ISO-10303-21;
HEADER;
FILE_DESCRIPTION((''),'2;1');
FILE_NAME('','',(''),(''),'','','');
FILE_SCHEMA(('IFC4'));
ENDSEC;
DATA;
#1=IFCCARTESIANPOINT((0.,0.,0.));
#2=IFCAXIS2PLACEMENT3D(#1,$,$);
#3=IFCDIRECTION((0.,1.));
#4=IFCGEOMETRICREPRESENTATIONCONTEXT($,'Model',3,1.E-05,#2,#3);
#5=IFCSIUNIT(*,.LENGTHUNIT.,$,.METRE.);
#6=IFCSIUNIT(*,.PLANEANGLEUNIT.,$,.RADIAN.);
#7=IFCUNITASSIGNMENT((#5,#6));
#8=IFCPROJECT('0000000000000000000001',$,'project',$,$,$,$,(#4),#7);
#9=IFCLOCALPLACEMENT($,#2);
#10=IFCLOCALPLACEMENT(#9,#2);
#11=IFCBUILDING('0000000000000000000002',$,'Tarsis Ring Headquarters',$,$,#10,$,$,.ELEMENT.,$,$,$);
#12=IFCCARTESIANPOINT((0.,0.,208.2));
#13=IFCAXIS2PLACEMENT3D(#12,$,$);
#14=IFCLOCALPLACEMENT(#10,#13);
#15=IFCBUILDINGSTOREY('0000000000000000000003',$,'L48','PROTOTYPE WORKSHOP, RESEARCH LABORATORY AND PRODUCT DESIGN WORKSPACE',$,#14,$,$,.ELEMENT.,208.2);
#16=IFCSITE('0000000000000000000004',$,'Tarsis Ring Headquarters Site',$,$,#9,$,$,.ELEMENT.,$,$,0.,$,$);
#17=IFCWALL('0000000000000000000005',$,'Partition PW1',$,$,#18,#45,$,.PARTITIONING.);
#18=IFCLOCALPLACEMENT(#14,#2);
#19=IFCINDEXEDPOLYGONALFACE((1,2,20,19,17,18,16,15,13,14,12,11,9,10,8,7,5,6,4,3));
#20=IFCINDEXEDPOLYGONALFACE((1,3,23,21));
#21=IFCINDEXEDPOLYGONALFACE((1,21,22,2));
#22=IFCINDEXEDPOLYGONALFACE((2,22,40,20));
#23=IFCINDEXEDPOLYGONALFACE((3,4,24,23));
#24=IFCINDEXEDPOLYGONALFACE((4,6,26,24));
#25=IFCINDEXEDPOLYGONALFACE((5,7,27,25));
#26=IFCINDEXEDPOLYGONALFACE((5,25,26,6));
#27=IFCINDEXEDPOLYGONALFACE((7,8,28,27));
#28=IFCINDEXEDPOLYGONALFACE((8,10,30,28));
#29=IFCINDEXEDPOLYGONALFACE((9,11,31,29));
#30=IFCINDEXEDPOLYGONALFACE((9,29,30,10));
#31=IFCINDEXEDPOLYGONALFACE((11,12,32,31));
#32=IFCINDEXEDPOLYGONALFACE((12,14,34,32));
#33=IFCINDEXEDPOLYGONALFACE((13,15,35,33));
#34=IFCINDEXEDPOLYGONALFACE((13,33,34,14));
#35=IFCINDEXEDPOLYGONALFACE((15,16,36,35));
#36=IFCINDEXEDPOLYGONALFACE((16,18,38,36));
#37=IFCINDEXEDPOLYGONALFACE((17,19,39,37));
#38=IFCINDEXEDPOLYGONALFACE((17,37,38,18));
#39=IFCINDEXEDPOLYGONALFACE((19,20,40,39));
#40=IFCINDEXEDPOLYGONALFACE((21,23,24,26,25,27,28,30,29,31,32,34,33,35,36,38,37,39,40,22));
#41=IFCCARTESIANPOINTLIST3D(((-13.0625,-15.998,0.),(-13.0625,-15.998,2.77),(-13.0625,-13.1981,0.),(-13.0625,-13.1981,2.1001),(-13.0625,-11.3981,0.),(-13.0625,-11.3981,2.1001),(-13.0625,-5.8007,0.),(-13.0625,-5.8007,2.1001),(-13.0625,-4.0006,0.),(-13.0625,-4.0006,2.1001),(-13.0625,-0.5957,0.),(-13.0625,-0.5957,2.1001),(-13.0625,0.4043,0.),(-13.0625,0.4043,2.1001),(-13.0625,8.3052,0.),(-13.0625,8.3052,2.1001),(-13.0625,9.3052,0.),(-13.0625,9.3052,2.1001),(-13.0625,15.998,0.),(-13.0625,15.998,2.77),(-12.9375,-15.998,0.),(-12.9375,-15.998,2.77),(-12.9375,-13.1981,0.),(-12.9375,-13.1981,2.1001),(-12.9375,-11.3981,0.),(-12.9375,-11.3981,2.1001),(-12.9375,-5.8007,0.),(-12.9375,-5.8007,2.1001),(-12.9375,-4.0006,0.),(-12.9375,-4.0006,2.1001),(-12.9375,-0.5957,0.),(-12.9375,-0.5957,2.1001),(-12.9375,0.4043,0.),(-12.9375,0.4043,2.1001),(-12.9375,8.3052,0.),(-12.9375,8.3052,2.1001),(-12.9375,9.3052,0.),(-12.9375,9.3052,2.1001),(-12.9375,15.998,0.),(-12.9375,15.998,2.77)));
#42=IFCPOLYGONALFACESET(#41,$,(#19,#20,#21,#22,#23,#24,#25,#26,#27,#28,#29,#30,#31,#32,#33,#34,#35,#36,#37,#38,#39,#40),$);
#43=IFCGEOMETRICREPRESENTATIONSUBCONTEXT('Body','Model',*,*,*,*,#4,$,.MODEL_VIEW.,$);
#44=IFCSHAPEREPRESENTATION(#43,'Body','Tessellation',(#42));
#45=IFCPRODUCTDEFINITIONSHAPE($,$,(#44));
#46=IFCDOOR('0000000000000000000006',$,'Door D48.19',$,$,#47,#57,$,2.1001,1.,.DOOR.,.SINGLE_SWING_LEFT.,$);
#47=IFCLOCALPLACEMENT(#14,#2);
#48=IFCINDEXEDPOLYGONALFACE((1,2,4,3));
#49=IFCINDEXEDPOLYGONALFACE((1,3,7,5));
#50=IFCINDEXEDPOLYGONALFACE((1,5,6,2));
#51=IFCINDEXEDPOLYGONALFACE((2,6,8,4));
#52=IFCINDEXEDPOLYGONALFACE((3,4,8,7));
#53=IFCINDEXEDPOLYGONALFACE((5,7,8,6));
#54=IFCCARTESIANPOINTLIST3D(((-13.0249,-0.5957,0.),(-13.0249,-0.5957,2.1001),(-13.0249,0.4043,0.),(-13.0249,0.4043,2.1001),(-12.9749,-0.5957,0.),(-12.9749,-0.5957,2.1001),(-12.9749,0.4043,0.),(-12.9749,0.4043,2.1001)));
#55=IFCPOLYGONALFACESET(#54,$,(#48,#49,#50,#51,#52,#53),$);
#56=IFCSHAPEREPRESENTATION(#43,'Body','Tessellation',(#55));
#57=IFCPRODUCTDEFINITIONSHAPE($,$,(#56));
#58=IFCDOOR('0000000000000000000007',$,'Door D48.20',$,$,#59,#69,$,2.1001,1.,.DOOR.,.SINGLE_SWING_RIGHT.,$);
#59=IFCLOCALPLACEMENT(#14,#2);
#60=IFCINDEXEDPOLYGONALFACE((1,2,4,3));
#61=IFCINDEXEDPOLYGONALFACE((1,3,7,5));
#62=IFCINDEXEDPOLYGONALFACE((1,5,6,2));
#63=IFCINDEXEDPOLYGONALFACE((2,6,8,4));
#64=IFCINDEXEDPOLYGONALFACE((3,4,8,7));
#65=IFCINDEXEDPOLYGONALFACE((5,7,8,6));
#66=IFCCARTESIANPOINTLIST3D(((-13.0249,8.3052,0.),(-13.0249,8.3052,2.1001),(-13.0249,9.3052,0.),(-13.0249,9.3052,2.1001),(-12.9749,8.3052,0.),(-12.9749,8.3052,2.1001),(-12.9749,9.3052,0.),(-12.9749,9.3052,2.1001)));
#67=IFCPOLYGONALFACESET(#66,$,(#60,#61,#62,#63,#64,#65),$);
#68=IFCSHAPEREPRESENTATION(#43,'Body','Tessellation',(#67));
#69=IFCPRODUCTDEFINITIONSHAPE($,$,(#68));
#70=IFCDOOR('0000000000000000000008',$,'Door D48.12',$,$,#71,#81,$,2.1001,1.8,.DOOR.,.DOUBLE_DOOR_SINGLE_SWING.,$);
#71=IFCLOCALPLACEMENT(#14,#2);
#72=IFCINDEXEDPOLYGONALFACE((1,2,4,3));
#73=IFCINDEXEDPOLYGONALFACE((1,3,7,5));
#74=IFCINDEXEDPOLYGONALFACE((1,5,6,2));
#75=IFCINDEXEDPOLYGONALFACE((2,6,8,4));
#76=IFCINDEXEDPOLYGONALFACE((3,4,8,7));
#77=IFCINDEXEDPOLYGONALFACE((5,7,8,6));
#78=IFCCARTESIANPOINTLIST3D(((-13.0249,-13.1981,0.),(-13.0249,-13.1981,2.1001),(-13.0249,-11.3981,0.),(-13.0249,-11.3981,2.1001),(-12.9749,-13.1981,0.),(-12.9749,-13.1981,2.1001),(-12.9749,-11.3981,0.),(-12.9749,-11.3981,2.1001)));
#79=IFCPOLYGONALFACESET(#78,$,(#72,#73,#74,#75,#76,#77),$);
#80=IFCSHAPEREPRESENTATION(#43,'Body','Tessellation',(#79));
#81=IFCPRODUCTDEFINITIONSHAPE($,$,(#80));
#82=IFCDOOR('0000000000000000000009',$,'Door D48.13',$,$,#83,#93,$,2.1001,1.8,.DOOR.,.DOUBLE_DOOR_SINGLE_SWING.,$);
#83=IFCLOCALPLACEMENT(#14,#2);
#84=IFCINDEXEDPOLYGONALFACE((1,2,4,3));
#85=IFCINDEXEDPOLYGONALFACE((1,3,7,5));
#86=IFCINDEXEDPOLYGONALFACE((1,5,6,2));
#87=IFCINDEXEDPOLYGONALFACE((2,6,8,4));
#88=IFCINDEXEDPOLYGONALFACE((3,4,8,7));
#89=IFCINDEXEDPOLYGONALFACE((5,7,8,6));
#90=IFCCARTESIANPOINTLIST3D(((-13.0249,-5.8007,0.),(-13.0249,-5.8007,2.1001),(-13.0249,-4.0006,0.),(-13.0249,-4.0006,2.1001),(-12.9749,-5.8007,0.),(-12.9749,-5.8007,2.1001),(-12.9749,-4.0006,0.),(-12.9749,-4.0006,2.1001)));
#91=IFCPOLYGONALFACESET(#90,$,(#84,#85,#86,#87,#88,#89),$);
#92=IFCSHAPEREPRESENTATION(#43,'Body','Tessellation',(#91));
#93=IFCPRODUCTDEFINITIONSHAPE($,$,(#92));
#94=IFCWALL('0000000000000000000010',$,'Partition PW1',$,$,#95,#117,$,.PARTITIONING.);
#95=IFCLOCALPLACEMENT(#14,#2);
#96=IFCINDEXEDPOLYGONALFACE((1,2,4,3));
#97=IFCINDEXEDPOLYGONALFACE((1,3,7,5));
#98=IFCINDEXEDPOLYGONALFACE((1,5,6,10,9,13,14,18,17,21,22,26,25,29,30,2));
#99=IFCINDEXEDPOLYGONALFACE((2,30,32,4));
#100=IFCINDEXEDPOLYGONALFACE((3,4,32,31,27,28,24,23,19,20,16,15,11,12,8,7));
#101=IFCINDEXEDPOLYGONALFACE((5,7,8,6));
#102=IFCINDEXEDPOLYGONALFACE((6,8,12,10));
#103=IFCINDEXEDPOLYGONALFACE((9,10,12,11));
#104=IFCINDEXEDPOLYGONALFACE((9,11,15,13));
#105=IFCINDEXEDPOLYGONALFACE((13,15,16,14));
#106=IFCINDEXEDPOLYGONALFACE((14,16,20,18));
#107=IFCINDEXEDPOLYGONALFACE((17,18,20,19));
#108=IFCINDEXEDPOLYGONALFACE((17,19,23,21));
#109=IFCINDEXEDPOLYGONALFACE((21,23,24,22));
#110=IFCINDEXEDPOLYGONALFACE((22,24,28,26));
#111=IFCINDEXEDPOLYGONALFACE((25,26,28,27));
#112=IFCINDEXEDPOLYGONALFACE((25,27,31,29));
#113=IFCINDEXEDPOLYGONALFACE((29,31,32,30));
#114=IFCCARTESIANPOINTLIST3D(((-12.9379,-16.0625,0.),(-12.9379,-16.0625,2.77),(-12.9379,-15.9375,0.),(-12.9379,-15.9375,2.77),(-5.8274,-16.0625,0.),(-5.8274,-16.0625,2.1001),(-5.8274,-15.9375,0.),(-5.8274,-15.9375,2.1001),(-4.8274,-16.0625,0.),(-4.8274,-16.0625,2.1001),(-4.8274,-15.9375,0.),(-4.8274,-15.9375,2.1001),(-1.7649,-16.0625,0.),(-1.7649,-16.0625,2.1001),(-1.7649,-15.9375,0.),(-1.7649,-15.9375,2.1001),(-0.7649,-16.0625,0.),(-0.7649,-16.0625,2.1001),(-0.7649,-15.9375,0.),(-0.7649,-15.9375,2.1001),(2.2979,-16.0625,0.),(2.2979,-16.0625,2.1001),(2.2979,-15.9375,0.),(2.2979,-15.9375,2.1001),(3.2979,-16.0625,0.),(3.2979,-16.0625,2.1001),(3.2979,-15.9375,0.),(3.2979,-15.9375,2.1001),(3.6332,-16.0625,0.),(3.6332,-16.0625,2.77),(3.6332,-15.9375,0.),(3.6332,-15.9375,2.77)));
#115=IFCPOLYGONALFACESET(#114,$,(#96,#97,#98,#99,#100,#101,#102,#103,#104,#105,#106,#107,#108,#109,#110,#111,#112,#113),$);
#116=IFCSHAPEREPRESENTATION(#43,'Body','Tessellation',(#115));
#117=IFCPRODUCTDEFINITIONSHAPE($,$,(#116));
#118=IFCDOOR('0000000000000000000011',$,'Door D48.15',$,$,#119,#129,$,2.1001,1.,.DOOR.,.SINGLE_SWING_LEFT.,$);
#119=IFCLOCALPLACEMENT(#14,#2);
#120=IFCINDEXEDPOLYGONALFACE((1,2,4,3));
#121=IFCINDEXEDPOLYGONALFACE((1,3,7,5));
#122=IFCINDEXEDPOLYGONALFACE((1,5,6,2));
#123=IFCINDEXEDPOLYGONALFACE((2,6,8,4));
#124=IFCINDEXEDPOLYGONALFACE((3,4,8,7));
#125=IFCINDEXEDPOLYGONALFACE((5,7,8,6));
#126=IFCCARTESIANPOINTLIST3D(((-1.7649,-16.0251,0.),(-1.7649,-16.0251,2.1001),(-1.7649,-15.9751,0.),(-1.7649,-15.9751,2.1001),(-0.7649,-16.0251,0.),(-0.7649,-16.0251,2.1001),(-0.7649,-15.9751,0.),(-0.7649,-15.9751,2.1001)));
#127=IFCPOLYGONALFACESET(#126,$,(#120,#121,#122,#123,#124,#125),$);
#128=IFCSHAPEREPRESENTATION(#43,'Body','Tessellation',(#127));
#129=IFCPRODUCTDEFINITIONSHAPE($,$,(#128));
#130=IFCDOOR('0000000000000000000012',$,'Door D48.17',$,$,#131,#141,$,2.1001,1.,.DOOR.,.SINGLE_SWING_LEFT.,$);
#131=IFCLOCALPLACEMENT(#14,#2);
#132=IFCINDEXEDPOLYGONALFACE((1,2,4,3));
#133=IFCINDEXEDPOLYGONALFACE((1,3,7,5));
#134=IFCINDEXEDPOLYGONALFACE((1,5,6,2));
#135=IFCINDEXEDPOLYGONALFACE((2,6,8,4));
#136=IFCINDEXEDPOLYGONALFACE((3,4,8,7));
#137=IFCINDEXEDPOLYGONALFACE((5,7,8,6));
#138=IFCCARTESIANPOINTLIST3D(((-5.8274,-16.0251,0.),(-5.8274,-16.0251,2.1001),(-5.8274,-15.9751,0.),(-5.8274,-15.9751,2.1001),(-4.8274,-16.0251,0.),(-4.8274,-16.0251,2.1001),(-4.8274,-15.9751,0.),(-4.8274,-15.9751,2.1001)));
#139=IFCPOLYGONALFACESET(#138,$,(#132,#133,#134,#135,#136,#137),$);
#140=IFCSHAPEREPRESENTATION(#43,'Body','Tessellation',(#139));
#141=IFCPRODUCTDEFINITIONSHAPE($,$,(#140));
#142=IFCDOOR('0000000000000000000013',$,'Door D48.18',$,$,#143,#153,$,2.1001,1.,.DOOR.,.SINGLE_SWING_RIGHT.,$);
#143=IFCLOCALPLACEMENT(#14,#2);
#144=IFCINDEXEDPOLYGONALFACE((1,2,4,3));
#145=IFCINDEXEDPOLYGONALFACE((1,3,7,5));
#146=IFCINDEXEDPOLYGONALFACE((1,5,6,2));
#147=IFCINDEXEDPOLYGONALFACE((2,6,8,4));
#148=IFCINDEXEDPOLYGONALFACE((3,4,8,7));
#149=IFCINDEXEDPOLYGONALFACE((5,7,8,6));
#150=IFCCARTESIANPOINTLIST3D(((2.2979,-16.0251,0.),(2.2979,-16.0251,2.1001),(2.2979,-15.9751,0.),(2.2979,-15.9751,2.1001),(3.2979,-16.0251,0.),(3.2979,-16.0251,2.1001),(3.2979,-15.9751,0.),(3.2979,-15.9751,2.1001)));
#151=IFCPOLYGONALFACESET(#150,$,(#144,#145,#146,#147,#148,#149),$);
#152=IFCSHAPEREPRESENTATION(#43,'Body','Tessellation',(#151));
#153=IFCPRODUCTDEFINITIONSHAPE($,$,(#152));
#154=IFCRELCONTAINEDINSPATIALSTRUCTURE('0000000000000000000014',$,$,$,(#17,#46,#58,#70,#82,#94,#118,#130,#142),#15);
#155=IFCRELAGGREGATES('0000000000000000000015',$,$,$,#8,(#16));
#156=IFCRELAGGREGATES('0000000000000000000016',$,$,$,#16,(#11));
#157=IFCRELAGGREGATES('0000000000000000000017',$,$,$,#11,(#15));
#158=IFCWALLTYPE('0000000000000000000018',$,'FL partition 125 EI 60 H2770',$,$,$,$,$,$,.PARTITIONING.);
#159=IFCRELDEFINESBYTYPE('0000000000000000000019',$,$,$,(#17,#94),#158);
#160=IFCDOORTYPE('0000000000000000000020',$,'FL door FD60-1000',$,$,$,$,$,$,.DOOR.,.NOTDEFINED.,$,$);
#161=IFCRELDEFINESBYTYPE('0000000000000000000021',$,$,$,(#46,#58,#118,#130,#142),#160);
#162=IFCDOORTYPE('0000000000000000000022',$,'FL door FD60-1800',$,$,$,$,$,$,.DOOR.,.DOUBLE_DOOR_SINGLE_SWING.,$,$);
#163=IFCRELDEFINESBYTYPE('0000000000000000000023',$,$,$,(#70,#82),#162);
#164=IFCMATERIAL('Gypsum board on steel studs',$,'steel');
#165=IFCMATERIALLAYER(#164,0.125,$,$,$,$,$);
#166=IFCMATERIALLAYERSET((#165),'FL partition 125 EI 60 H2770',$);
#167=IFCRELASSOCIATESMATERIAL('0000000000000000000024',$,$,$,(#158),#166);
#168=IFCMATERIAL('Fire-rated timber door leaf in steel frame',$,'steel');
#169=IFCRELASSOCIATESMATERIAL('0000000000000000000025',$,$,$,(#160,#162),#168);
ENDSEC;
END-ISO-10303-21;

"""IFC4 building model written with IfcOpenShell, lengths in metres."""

from ifc_helpers import new_model, si_unit, direction, frame, frame_2d, origin, place, context, subcontext, project, spatial, rectangle, extrude, material, layer, layer_set, type_object, element, fill, save


model = new_model("IFC4")

# Units and contexts
model_context = context("Model", 3, precision=1e-05, world=origin(), true_north=direction((0.0, 1.0)))
body_context = subcontext(model_context, "Body", "Model", "MODEL_VIEW")
ifc_project = project(units=[si_unit("LENGTHUNIT", "METRE"), si_unit("PLANEANGLEUNIT", "RADIAN")], contexts=[model_context])

# Site, building, storey
site_placement = place(None, origin())
site = spatial("IfcSite", under=ifc_project, at=site_placement, Name="Tarsis Ring Headquarters Site", CompositionType="ELEMENT", RefElevation=0.0)
building_placement = place(site_placement, origin())
building = spatial("IfcBuilding", under=site, at=building_placement, Name="Tarsis Ring Headquarters", CompositionType="ELEMENT")
storey_placement = place(building_placement, frame((0.0, 0.0, 208.2)))
storey = spatial("IfcBuildingStorey", under=building, at=storey_placement, Name="L48", Description="PROTOTYPE WORKSHOP, RESEARCH LABORATORY AND PRODUCT DESIGN WORKSPACE", CompositionType="ELEMENT", Elevation=208.2)

# Shared definitions
ifc_material_1 = material(Name="Gypsum board on steel studs", Category="steel")

# Walls, openings, doors
ifc_layer_1 = layer(ifc_material_1, 0.125)
ifc_layer_set_1 = layer_set([ifc_layer_1], Name="FL partition 125 EI 60 H2770")
wall_type_1 = type_object("IfcWallType", Name="FL partition 125 EI 60 H2770", PredefinedType="PARTITIONING", material=ifc_layer_set_1)
wall_1_placement = place(storey_placement, frame((-13.0, -15.998, 0.0), z_axis=(0.0, 0.0, 1.0), x_axis=(0.0, 1.0, 0.0)))
wall_1 = element("IfcWall", 1, at=wall_1_placement, inside=storey, type_object=wall_type_1, Name="Partition PW1", PredefinedType="PARTITIONING", context=body_context, shape_type="SweptSolid", body=[
    extrude(rectangle(XDim=31.9961, YDim=0.125, at=frame_2d((15.998, 0.0))), origin(), (0.0, 0.0, 1.0), 2.77),
])
opening_1_placement = place(wall_1_placement, frame((2.8, 0.0, 0.0)))
opening_1 = element("IfcOpeningElement", 2, at=opening_1_placement, cuts=wall_1, PredefinedType="OPENING", context=body_context, shape_type="SweptSolid", body=[
    extrude(rectangle(XDim=1.8, YDim=2.1001, at=frame_2d((0.8999, 1.05))), frame((0.0, 0.0725, 0.0), z_axis=(0.0, -1.0, 0.0), x_axis=(1.0, 0.0, 0.0)), (0.0, 0.0, 1.0), 0.145),
])
opening_2_placement = place(wall_1_placement, frame((10.1975, 0.0, 0.0)))
opening_2 = element("IfcOpeningElement", 3, at=opening_2_placement, cuts=wall_1, PredefinedType="OPENING", context=body_context, shape_type="SweptSolid", body=[
    extrude(rectangle(XDim=1.8, YDim=2.1001, at=frame_2d((0.8999, 1.05))), frame((0.0, 0.0725, 0.0), z_axis=(0.0, -1.0, 0.0), x_axis=(1.0, 0.0, 0.0)), (0.0, 0.0, 1.0), 0.145),
])
opening_3_placement = place(wall_1_placement, frame((15.4023, 0.0, 0.0)))
opening_3 = element("IfcOpeningElement", 4, at=opening_3_placement, cuts=wall_1, PredefinedType="OPENING", context=body_context, shape_type="SweptSolid", body=[
    extrude(rectangle(XDim=1.0, YDim=2.1001, at=frame_2d((0.5, 1.05))), frame((0.0, 0.0725, 0.0), z_axis=(0.0, -1.0, 0.0), x_axis=(1.0, 0.0, 0.0)), (0.0, 0.0, 1.0), 0.145),
])
opening_4_placement = place(wall_1_placement, frame((24.3032, 0.0, 0.0)))
opening_4 = element("IfcOpeningElement", 5, at=opening_4_placement, cuts=wall_1, PredefinedType="OPENING", context=body_context, shape_type="SweptSolid", body=[
    extrude(rectangle(XDim=1.0, YDim=2.1001, at=frame_2d((0.5, 1.05))), frame((0.0, 0.0725, 0.0), z_axis=(0.0, -1.0, 0.0), x_axis=(1.0, 0.0, 0.0)), (0.0, 0.0, 1.0), 0.145),
])
ifc_material_2 = material(Name="Fire-rated timber door leaf in steel frame", Category="steel")
door_type_1 = type_object("IfcDoorType", Name="FL door FD60-1000", OperationType="NOTDEFINED", PredefinedType="DOOR", material=ifc_material_2)
door_1_placement = place(opening_3_placement, origin())
door_1 = element("IfcDoor", 6, at=door_1_placement, inside=storey, type_object=door_type_1, Name="Door D48.19", OperationType="SINGLE_SWING_LEFT", OverallHeight=2.1001, OverallWidth=1.0, PredefinedType="DOOR", context=body_context, shape_type="SweptSolid", body=[
    extrude(rectangle(XDim=1.0, YDim=2.1001, at=frame_2d((0.5, 1.05))), frame((0.0, 0.0249, 0.0), z_axis=(0.0, -1.0, 0.0), x_axis=(1.0, 0.0, 0.0)), (0.0, 0.0, 1.0), 0.05),
])
fill(opening_3, door_1)
door_2_placement = place(opening_4_placement, origin())
door_2 = element("IfcDoor", 7, at=door_2_placement, inside=storey, type_object=door_type_1, Name="Door D48.20", OperationType="SINGLE_SWING_RIGHT", OverallHeight=2.1001, OverallWidth=1.0, PredefinedType="DOOR", context=body_context, shape_type="SweptSolid", body=[
    extrude(rectangle(XDim=1.0, YDim=2.1001, at=frame_2d((0.5, 1.05))), frame((0.0, 0.0249, 0.0), z_axis=(0.0, -1.0, 0.0), x_axis=(1.0, 0.0, 0.0)), (0.0, 0.0, 1.0), 0.05),
])
fill(opening_4, door_2)
door_type_2 = type_object("IfcDoorType", Name="FL door FD60-1800", OperationType="DOUBLE_DOOR_SINGLE_SWING", PredefinedType="DOOR", material=ifc_material_2)
door_3_placement = place(opening_1_placement, origin())
door_3 = element("IfcDoor", 8, at=door_3_placement, inside=storey, type_object=door_type_2, Name="Door D48.12", OperationType="DOUBLE_DOOR_SINGLE_SWING", OverallHeight=2.1001, OverallWidth=1.8, PredefinedType="DOOR", context=body_context, shape_type="SweptSolid", body=[
    extrude(rectangle(XDim=1.8, YDim=2.1001, at=frame_2d((0.8999, 1.05))), frame((0.0, 0.0249, 0.0), z_axis=(0.0, -1.0, 0.0), x_axis=(1.0, 0.0, 0.0)), (0.0, 0.0, 1.0), 0.05),
])
fill(opening_1, door_3)
door_4_placement = place(opening_2_placement, origin())
door_4 = element("IfcDoor", 9, at=door_4_placement, inside=storey, type_object=door_type_2, Name="Door D48.13", OperationType="DOUBLE_DOOR_SINGLE_SWING", OverallHeight=2.1001, OverallWidth=1.8, PredefinedType="DOOR", context=body_context, shape_type="SweptSolid", body=[
    extrude(rectangle(XDim=1.8, YDim=2.1001, at=frame_2d((0.8999, 1.05))), frame((0.0, 0.0249, 0.0), z_axis=(0.0, -1.0, 0.0), x_axis=(1.0, 0.0, 0.0)), (0.0, 0.0, 1.0), 0.05),
])
fill(opening_2, door_4)
wall_2_placement = place(storey_placement, frame((-12.938, -16.0, 0.0), z_axis=(0.0, 0.0, 1.0), x_axis=(1.0, 0.0, 0.0)))
wall_2 = element("IfcWall", 10, at=wall_2_placement, inside=storey, type_object=wall_type_1, Name="Partition PW1", PredefinedType="PARTITIONING", context=body_context, shape_type="SweptSolid", body=[
    extrude(rectangle(XDim=16.571, YDim=0.125, at=frame_2d((8.2856, 0.0))), origin(), (0.0, 0.0, 1.0), 2.77),
])
opening_5_placement = place(wall_2_placement, frame((11.1731, 0.0, 0.0)))
opening_5 = element("IfcOpeningElement", 11, at=opening_5_placement, cuts=wall_2, PredefinedType="OPENING", context=body_context, shape_type="SweptSolid", body=[
    extrude(rectangle(XDim=1.0, YDim=2.1001, at=frame_2d((0.5, 1.05))), frame((0.0, 0.0725, 0.0), z_axis=(0.0, -1.0, 0.0), x_axis=(1.0, 0.0, 0.0)), (0.0, 0.0, 1.0), 0.145),
])
opening_6_placement = place(wall_2_placement, frame((7.1106, 0.0, 0.0)))
opening_6 = element("IfcOpeningElement", 12, at=opening_6_placement, cuts=wall_2, PredefinedType="OPENING", context=body_context, shape_type="SweptSolid", body=[
    extrude(rectangle(XDim=1.0, YDim=2.1001, at=frame_2d((0.5, 1.05))), frame((0.0, 0.0725, 0.0), z_axis=(0.0, -1.0, 0.0), x_axis=(1.0, 0.0, 0.0)), (0.0, 0.0, 1.0), 0.145),
])
opening_7_placement = place(wall_2_placement, frame((15.2358, 0.0, 0.0)))
opening_7 = element("IfcOpeningElement", 13, at=opening_7_placement, cuts=wall_2, PredefinedType="OPENING", context=body_context, shape_type="SweptSolid", body=[
    extrude(rectangle(XDim=1.0, YDim=2.1001, at=frame_2d((0.5, 1.05))), frame((0.0, 0.0725, 0.0), z_axis=(0.0, -1.0, 0.0), x_axis=(1.0, 0.0, 0.0)), (0.0, 0.0, 1.0), 0.145),
])
door_5_placement = place(opening_5_placement, origin())
door_5 = element("IfcDoor", 14, at=door_5_placement, inside=storey, type_object=door_type_1, Name="Door D48.15", OperationType="SINGLE_SWING_LEFT", OverallHeight=2.1001, OverallWidth=1.0, PredefinedType="DOOR", context=body_context, shape_type="SweptSolid", body=[
    extrude(rectangle(XDim=1.0, YDim=2.1001, at=frame_2d((0.5, 1.05))), frame((0.0, 0.0249, 0.0), z_axis=(0.0, -1.0, 0.0), x_axis=(1.0, 0.0, 0.0)), (0.0, 0.0, 1.0), 0.05),
])
fill(opening_5, door_5)
door_6_placement = place(opening_6_placement, origin())
door_6 = element("IfcDoor", 15, at=door_6_placement, inside=storey, type_object=door_type_1, Name="Door D48.17", OperationType="SINGLE_SWING_LEFT", OverallHeight=2.1001, OverallWidth=1.0, PredefinedType="DOOR", context=body_context, shape_type="SweptSolid", body=[
    extrude(rectangle(XDim=1.0, YDim=2.1001, at=frame_2d((0.5, 1.05))), frame((0.0, 0.0249, 0.0), z_axis=(0.0, -1.0, 0.0), x_axis=(1.0, 0.0, 0.0)), (0.0, 0.0, 1.0), 0.05),
])
fill(opening_6, door_6)
door_7_placement = place(opening_7_placement, origin())
door_7 = element("IfcDoor", 16, at=door_7_placement, inside=storey, type_object=door_type_1, Name="Door D48.18", OperationType="SINGLE_SWING_RIGHT", OverallHeight=2.1001, OverallWidth=1.0, PredefinedType="DOOR", context=body_context, shape_type="SweptSolid", body=[
    extrude(rectangle(XDim=1.0, YDim=2.1001, at=frame_2d((0.5, 1.05))), frame((0.0, 0.0249, 0.0), z_axis=(0.0, -1.0, 0.0), x_axis=(1.0, 0.0, 0.0)), (0.0, 0.0, 1.0), 0.05),
])
fill(opening_7, door_7)

save(model, "model.ifc")
